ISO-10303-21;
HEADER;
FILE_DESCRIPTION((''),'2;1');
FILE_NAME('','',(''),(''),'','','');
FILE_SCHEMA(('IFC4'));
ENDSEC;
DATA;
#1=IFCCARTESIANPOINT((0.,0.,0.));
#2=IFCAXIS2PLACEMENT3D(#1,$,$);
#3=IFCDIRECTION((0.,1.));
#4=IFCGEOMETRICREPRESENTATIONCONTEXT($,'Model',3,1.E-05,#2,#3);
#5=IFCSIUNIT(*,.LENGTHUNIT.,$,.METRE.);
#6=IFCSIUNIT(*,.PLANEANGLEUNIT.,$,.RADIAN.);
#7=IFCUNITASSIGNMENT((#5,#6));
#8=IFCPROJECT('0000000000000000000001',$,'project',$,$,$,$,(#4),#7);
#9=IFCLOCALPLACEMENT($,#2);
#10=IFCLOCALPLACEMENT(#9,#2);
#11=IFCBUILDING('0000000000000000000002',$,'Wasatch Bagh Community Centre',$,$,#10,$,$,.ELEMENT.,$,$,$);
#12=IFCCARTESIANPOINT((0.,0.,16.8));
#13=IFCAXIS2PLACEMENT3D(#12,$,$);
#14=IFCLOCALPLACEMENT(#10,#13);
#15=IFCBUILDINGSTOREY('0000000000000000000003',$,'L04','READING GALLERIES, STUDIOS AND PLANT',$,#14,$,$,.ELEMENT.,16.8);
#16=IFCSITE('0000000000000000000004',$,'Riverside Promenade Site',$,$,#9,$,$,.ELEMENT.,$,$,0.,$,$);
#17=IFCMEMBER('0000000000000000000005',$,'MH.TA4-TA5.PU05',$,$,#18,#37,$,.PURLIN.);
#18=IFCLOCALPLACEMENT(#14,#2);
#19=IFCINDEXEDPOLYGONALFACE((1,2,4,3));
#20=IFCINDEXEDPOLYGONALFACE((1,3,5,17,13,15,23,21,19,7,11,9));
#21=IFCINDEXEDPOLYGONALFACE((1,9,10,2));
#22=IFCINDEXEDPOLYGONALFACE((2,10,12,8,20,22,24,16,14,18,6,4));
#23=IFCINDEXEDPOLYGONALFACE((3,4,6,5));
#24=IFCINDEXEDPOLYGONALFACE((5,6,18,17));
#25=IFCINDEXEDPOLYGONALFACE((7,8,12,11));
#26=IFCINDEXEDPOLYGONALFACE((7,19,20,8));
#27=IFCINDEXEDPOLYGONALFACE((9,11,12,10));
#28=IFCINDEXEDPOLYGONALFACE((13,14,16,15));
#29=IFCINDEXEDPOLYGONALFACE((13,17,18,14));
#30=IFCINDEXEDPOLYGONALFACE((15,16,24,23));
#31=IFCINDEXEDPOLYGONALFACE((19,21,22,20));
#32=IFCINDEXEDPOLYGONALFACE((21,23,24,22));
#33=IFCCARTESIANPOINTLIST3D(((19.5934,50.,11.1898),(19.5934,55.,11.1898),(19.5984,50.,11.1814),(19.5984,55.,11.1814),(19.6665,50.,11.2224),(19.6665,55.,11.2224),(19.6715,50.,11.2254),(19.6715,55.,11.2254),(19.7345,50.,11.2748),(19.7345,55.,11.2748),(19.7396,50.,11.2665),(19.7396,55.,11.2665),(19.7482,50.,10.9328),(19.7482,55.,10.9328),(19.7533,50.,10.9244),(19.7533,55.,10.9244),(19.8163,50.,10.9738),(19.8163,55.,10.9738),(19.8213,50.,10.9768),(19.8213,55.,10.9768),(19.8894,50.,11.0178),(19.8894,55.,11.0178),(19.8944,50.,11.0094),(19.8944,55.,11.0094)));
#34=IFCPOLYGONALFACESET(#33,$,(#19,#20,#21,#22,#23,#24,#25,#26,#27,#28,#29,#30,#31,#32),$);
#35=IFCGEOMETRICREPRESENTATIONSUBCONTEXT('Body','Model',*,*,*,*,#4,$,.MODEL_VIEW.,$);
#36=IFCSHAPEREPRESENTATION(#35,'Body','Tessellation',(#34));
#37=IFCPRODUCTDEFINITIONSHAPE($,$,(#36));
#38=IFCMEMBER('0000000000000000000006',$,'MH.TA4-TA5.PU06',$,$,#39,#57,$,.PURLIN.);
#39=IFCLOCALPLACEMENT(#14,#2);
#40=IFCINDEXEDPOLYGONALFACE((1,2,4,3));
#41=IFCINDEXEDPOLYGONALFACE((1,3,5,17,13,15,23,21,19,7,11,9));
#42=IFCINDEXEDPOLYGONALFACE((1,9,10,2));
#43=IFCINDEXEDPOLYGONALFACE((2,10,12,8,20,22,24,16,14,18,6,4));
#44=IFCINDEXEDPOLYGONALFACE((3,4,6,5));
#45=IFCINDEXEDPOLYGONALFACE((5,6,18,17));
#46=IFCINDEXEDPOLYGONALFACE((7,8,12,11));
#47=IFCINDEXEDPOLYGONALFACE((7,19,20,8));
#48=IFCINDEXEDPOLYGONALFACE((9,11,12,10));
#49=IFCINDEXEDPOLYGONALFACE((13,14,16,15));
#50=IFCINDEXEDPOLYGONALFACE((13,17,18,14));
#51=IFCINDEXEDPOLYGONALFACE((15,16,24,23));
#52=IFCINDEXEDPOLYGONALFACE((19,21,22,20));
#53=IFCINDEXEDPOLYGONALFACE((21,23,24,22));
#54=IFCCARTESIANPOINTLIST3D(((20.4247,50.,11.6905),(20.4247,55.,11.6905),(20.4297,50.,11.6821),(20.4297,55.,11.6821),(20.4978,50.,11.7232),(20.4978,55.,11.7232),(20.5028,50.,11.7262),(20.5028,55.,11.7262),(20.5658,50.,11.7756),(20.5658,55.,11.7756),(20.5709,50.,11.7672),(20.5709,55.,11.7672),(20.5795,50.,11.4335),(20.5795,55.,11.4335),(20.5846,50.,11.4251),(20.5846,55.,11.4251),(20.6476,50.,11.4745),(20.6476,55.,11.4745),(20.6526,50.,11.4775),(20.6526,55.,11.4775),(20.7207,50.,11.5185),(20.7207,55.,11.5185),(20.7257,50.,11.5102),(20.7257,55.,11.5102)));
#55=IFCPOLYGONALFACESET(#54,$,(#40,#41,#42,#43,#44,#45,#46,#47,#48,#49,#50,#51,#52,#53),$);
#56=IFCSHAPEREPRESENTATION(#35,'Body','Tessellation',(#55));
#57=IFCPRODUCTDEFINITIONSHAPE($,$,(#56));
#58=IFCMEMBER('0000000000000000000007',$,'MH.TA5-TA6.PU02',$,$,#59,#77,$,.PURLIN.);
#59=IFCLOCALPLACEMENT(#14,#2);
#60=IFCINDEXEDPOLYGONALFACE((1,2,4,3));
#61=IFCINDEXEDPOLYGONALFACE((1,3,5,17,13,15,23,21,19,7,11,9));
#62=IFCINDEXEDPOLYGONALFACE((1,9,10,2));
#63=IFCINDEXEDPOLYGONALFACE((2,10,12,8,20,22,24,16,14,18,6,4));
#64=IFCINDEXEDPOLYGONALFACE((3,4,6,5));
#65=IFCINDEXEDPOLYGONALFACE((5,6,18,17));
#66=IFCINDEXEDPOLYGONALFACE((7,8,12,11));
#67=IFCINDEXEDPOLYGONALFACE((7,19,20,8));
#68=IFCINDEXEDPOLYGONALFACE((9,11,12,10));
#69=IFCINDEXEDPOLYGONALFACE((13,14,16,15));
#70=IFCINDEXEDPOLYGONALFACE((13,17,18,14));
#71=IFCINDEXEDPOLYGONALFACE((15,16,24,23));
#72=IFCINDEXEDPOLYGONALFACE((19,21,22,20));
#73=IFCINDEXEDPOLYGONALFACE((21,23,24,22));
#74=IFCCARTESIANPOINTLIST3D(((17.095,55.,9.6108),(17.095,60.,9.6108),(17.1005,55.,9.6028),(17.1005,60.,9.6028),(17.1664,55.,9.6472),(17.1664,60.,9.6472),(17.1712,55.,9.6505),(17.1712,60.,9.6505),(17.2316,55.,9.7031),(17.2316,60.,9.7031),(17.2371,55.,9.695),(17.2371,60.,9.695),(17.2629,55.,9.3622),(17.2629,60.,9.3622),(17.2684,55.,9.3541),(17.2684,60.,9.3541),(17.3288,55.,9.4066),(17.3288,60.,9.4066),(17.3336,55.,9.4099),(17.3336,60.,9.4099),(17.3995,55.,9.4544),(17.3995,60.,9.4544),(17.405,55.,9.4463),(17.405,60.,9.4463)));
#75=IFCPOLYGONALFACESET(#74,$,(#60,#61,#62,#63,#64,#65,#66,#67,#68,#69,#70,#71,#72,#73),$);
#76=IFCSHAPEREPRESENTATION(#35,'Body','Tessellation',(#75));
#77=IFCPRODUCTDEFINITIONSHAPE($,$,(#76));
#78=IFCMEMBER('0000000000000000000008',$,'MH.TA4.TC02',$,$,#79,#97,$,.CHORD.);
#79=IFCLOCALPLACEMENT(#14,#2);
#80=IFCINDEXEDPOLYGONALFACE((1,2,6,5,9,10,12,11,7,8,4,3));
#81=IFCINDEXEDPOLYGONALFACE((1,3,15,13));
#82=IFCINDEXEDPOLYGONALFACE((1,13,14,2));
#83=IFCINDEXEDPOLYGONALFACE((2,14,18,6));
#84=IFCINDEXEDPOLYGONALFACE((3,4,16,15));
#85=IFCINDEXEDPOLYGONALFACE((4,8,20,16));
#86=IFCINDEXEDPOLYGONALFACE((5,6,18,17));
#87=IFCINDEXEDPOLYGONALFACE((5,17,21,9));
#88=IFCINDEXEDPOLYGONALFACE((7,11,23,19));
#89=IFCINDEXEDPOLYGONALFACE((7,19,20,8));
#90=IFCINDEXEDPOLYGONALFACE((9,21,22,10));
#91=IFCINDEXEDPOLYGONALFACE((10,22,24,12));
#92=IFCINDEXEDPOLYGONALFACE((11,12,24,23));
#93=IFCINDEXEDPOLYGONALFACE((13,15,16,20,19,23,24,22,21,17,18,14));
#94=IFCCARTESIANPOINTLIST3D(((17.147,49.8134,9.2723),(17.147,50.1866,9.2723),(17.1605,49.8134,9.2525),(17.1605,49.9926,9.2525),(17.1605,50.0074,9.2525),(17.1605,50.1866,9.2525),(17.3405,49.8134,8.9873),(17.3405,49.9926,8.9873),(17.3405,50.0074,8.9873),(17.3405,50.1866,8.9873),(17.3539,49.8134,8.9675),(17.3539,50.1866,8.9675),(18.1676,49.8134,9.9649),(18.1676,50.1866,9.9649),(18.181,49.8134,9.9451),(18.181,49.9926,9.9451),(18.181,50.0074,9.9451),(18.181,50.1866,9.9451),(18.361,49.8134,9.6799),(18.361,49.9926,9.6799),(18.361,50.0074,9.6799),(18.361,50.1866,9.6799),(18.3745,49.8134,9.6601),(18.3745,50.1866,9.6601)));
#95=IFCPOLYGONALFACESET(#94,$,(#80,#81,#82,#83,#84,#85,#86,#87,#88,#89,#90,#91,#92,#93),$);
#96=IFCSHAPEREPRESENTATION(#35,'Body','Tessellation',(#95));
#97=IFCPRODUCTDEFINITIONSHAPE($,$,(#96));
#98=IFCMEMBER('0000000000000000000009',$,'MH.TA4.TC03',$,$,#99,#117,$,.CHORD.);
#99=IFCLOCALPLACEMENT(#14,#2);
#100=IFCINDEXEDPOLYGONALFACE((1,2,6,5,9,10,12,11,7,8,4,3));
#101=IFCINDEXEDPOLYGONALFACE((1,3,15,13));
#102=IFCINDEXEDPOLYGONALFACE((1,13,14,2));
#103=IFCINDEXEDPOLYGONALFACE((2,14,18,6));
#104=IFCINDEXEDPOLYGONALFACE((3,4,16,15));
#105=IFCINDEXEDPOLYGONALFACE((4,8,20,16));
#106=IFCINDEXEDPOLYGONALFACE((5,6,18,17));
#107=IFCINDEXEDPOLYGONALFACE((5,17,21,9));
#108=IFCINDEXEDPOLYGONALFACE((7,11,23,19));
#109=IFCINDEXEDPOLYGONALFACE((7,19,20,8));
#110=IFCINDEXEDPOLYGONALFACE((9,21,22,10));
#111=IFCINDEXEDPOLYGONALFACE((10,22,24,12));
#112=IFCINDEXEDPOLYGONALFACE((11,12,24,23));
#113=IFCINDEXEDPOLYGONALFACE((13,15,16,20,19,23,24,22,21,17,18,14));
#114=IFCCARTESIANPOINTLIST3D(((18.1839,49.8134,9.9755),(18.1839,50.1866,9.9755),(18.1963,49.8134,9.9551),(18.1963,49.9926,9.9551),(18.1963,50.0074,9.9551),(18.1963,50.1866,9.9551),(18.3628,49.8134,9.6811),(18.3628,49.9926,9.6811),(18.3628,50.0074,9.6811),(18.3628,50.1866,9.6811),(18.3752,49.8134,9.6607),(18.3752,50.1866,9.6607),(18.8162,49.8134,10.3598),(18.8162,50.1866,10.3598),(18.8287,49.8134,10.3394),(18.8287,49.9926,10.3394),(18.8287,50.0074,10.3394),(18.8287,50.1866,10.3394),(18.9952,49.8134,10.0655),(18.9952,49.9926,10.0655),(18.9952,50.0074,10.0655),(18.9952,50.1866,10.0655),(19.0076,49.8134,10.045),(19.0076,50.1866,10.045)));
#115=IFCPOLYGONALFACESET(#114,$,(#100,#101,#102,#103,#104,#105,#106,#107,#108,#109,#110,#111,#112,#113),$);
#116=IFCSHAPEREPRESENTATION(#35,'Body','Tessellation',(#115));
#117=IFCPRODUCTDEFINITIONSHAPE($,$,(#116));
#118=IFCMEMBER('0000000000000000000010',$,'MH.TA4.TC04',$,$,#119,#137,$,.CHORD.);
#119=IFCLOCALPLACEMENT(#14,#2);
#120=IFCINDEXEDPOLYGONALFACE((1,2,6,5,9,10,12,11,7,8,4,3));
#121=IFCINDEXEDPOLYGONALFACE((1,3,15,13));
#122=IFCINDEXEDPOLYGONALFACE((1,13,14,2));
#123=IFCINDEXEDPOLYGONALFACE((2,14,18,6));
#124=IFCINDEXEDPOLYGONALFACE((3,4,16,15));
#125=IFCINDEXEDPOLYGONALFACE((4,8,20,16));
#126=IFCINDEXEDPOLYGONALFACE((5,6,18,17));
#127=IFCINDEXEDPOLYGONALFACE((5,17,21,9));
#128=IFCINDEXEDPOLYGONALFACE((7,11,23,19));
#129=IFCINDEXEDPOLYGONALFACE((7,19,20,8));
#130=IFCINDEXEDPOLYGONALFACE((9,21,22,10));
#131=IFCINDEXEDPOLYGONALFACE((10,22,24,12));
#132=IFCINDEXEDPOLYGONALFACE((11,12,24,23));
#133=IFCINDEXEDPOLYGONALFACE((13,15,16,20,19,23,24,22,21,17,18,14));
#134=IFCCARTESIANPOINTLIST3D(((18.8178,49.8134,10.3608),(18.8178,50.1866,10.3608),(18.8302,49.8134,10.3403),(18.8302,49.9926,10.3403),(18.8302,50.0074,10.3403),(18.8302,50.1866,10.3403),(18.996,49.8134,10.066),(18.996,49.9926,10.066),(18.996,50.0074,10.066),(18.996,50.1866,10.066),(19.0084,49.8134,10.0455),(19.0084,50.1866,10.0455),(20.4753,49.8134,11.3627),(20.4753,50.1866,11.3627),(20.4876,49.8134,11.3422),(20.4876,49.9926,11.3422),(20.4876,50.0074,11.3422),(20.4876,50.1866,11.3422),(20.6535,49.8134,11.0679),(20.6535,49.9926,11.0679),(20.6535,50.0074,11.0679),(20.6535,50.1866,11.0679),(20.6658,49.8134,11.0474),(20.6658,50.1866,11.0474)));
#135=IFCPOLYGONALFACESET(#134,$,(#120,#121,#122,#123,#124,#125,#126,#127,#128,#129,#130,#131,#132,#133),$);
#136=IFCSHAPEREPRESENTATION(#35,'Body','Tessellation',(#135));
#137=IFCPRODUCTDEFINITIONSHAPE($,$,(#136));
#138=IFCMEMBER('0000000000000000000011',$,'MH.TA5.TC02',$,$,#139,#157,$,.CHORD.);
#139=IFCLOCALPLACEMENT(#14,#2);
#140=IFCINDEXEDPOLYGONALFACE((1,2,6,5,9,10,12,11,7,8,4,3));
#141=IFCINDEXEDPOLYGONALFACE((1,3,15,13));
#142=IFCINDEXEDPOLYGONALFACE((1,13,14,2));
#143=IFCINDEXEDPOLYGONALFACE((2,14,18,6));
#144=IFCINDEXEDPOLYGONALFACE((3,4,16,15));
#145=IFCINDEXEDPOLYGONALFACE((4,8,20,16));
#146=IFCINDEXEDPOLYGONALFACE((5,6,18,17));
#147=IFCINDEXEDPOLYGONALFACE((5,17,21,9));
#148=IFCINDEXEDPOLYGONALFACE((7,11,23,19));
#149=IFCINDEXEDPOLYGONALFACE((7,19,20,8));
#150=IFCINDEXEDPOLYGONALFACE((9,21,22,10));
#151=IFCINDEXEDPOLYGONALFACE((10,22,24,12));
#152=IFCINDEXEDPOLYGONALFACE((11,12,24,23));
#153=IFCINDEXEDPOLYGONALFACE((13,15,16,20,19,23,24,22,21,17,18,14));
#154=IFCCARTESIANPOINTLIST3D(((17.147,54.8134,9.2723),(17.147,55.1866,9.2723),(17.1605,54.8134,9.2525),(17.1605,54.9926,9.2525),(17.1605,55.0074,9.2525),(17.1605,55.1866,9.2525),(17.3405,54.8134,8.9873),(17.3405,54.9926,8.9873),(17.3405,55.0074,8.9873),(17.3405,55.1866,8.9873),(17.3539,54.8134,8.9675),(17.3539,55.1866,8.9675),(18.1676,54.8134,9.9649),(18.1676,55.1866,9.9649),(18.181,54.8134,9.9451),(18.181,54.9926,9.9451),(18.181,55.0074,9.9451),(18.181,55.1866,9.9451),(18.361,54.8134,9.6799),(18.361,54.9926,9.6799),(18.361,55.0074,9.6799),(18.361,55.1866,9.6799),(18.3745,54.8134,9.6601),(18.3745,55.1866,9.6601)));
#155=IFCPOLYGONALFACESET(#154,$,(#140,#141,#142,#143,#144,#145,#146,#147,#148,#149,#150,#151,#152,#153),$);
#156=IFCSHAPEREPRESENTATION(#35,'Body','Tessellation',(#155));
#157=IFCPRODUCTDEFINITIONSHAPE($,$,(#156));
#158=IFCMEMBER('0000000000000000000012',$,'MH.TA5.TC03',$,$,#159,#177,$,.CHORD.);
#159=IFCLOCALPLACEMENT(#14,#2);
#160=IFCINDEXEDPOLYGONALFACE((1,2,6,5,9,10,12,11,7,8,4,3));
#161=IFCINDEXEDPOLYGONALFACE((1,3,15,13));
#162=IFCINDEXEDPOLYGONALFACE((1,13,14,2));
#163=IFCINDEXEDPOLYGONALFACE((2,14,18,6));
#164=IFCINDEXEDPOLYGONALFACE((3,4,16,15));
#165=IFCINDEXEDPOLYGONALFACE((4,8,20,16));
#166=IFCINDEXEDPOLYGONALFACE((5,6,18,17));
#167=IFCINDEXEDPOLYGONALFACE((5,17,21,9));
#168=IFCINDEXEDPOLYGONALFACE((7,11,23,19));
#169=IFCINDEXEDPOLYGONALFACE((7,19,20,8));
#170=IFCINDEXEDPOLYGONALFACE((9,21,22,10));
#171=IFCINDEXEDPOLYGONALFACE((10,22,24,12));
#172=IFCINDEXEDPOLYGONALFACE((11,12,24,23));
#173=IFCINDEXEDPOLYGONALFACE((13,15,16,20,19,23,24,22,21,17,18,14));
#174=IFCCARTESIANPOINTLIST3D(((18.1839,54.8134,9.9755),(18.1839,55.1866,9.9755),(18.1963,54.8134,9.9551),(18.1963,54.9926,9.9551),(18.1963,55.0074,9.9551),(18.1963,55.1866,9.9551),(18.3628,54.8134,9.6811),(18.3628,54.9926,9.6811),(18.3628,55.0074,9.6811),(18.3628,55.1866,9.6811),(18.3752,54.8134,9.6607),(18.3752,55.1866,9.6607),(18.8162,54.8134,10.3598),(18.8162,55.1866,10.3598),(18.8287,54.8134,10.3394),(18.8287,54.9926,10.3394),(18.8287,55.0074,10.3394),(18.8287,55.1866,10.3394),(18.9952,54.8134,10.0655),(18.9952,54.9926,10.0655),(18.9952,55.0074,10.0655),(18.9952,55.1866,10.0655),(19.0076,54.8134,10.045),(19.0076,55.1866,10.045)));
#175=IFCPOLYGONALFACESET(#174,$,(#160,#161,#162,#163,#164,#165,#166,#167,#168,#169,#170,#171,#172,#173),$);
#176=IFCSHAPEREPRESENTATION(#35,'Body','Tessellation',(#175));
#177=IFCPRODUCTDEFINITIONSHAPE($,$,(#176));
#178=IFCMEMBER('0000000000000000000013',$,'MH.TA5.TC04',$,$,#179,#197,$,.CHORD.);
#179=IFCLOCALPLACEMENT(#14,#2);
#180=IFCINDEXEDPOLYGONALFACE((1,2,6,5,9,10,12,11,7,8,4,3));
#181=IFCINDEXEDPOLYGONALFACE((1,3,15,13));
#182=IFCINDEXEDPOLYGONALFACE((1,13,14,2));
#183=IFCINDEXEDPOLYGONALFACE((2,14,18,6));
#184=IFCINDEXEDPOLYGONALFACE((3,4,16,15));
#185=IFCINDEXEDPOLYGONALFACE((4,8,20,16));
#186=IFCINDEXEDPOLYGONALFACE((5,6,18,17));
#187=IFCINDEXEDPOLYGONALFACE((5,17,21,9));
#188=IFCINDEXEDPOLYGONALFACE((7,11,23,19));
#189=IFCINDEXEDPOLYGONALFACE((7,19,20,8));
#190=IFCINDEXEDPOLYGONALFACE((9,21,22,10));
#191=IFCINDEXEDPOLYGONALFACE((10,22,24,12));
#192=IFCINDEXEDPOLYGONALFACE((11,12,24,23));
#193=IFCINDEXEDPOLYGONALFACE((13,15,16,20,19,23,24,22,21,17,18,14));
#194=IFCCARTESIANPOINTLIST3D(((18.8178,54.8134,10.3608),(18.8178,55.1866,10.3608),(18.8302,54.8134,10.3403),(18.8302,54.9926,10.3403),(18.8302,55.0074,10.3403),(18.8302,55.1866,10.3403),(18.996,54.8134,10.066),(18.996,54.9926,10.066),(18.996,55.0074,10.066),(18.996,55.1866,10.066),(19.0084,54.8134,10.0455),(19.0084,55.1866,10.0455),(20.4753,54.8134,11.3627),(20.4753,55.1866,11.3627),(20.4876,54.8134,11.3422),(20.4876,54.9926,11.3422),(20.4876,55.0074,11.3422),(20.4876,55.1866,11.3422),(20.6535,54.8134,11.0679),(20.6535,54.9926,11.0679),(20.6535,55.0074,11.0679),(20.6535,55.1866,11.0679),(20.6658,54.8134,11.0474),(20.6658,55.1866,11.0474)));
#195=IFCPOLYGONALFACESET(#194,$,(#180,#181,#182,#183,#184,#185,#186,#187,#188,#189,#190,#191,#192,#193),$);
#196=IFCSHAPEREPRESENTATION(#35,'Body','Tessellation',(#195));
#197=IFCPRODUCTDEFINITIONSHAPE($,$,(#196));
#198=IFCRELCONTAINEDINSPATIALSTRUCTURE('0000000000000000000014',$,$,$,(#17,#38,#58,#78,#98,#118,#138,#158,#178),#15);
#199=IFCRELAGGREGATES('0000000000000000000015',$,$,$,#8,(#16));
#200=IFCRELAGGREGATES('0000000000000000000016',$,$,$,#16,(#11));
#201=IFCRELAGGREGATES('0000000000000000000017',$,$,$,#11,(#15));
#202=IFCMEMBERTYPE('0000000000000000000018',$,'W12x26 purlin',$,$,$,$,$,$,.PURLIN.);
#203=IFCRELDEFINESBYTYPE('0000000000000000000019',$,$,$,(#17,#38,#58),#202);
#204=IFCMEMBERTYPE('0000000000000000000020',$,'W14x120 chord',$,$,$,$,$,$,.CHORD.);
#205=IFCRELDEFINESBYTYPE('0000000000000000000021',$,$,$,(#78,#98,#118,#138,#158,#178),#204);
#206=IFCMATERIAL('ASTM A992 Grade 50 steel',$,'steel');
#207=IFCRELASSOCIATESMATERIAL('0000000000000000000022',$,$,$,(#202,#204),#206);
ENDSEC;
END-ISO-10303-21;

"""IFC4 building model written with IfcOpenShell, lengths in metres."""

from ifc_helpers import new_model, si_unit, direction, frame, origin, origin_2d, place, context, subcontext, project, spatial, i_section, extrude, material, material_profile, profile_set, type_object, element, save


model = new_model("IFC4")

# Units and contexts
model_context = context("Model", 3, precision=1e-05, world=origin(), true_north=direction((0.0, 1.0)))
body_context = subcontext(model_context, "Body", "Model", "MODEL_VIEW")
ifc_project = project(units=[si_unit("LENGTHUNIT", "METRE"), si_unit("PLANEANGLEUNIT", "RADIAN")], contexts=[model_context])

# Site, building, storey
site_placement = place(None, origin())
site = spatial("IfcSite", under=ifc_project, at=site_placement, Name="Riverside Promenade Site", CompositionType="ELEMENT", RefElevation=0.0)
building_placement = place(site_placement, origin())
building = spatial("IfcBuilding", under=site, at=building_placement, Name="Wasatch Bagh Community Centre", CompositionType="ELEMENT")
storey_placement = place(building_placement, frame((0.0, 0.0, 16.8)))
storey = spatial("IfcBuildingStorey", under=building, at=storey_placement, Name="L04", Description="READING GALLERIES, STUDIOS AND PLANT", CompositionType="ELEMENT", Elevation=16.8)

# Members
ifc_material_1 = material(Name="ASTM A992 Grade 50 steel", Category="steel")
ifc_material_profile_1 = material_profile(ifc_material_1, i_section(OverallWidth=0.1648, OverallDepth=0.3098, WebThickness=0.0059, FlangeThickness=0.0098, at=origin_2d()), Name="W12x26")
ifc_profile_set_1 = profile_set([ifc_material_profile_1], Name="ASTM A992 Grade 50 steel")
member_type_1 = type_object("IfcMemberType", Name="W12x26 purlin", PredefinedType="PURLIN", material=ifc_profile_set_1)
for number, where, z_axis, x_axis, name in (
    (1, (19.7439, 50.0, 11.0996), (0.0, 1.0, 0.0), (-0.856568, 0.0, -0.516034), "MH.TA4-TA5.PU05"),
    (2, (20.5752, 50.0, 11.6003), (0.0, 1.0, 0.0), (-0.856568, 0.0, -0.516034), "MH.TA4-TA5.PU06"),
    (3, (17.25, 55.0, 9.5286), (0.0, 1.0, 0.0), (-0.828791, 0.0, -0.559559), "MH.TA5-TA6.PU02"),
):
    element("IfcMember", number, at=place(storey_placement, frame(where, z_axis=z_axis, x_axis=x_axis)), inside=storey, type_object=member_type_1, Name=name, PredefinedType="PURLIN", context=body_context, shape_type="SweptSolid", body=[
        extrude(i_section(OverallWidth=0.1648, OverallDepth=0.3098, WebThickness=0.0059, FlangeThickness=0.0098, at=origin_2d()), origin(), (0.0, 0.0, 1.0), 5.0),
    ])
ifc_material_profile_2 = material_profile(ifc_material_1, i_section(OverallWidth=0.3733, OverallDepth=0.3684, WebThickness=0.0149, FlangeThickness=0.0239, at=origin_2d()), Name="W14x120")
ifc_profile_set_2 = profile_set([ifc_material_profile_2], Name="ASTM A992 Grade 50 steel")
member_type_2 = type_object("IfcMemberType", Name="W14x120 chord", PredefinedType="CHORD", material=ifc_profile_set_2)
member_1_placement = place(storey_placement, frame((17.2505, 50.0, 9.1199), z_axis=(0.827423, 0.0, 0.561579), x_axis=(0.0, 1.0, 0.0)))
element("IfcMember", 4, at=member_1_placement, inside=storey, type_object=member_type_2, Name="MH.TA4.TC02", PredefinedType="CHORD", context=body_context, shape_type="SweptSolid", body=[
    extrude(i_section(OverallWidth=0.3733, OverallDepth=0.3684, WebThickness=0.0149, FlangeThickness=0.0239, at=origin_2d()), origin(), (0.0, 0.0, 1.0), 1.2334),
])
member_2_placement = place(storey_placement, frame((18.2795, 50.0, 9.8181), z_axis=(0.854568, 0.0, 0.51934), x_axis=(0.0, 1.0, 0.0)))
element("IfcMember", 5, at=member_2_placement, inside=storey, type_object=member_type_2, Name="MH.TA4.TC03", PredefinedType="CHORD", context=body_context, shape_type="SweptSolid", body=[
    extrude(i_section(OverallWidth=0.3733, OverallDepth=0.3684, WebThickness=0.0149, FlangeThickness=0.0239, at=origin_2d()), origin(), (0.0, 0.0, 1.0), 0.74),
])
member_3_placement = place(storey_placement, frame((18.9131, 50.0, 10.2031), z_axis=(0.855786, 0.0, 0.517329), x_axis=(0.0, 1.0, 0.0)))
element("IfcMember", 6, at=member_3_placement, inside=storey, type_object=member_type_2, Name="MH.TA4.TC04", PredefinedType="CHORD", context=body_context, shape_type="SweptSolid", body=[
    extrude(i_section(OverallWidth=0.3733, OverallDepth=0.3684, WebThickness=0.0149, FlangeThickness=0.0239, at=origin_2d()), origin(), (0.0, 0.0, 1.0), 1.9368),
])
member_4_placement = place(storey_placement, frame((17.2505, 55.0, 9.1199), z_axis=(0.827423, 0.0, 0.561579), x_axis=(0.0, 1.0, 0.0)))
element("IfcMember", 7, at=member_4_placement, inside=storey, type_object=member_type_2, Name="MH.TA5.TC02", PredefinedType="CHORD", context=body_context, shape_type="SweptSolid", body=[
    extrude(i_section(OverallWidth=0.3733, OverallDepth=0.3684, WebThickness=0.0149, FlangeThickness=0.0239, at=origin_2d()), origin(), (0.0, 0.0, 1.0), 1.2334),
])
member_5_placement = place(storey_placement, frame((18.2795, 55.0, 9.8181), z_axis=(0.854568, 0.0, 0.51934), x_axis=(0.0, 1.0, 0.0)))
element("IfcMember", 8, at=member_5_placement, inside=storey, type_object=member_type_2, Name="MH.TA5.TC03", PredefinedType="CHORD", context=body_context, shape_type="SweptSolid", body=[
    extrude(i_section(OverallWidth=0.3733, OverallDepth=0.3684, WebThickness=0.0149, FlangeThickness=0.0239, at=origin_2d()), origin(), (0.0, 0.0, 1.0), 0.74),
])
member_6_placement = place(storey_placement, frame((18.9131, 55.0, 10.2031), z_axis=(0.855786, 0.0, 0.517329), x_axis=(0.0, 1.0, 0.0)))
element("IfcMember", 9, at=member_6_placement, inside=storey, type_object=member_type_2, Name="MH.TA5.TC04", PredefinedType="CHORD", context=body_context, shape_type="SweptSolid", body=[
    extrude(i_section(OverallWidth=0.3733, OverallDepth=0.3684, WebThickness=0.0149, FlangeThickness=0.0239, at=origin_2d()), origin(), (0.0, 0.0, 1.0), 1.9368),
])

save(model, "model.ifc")
